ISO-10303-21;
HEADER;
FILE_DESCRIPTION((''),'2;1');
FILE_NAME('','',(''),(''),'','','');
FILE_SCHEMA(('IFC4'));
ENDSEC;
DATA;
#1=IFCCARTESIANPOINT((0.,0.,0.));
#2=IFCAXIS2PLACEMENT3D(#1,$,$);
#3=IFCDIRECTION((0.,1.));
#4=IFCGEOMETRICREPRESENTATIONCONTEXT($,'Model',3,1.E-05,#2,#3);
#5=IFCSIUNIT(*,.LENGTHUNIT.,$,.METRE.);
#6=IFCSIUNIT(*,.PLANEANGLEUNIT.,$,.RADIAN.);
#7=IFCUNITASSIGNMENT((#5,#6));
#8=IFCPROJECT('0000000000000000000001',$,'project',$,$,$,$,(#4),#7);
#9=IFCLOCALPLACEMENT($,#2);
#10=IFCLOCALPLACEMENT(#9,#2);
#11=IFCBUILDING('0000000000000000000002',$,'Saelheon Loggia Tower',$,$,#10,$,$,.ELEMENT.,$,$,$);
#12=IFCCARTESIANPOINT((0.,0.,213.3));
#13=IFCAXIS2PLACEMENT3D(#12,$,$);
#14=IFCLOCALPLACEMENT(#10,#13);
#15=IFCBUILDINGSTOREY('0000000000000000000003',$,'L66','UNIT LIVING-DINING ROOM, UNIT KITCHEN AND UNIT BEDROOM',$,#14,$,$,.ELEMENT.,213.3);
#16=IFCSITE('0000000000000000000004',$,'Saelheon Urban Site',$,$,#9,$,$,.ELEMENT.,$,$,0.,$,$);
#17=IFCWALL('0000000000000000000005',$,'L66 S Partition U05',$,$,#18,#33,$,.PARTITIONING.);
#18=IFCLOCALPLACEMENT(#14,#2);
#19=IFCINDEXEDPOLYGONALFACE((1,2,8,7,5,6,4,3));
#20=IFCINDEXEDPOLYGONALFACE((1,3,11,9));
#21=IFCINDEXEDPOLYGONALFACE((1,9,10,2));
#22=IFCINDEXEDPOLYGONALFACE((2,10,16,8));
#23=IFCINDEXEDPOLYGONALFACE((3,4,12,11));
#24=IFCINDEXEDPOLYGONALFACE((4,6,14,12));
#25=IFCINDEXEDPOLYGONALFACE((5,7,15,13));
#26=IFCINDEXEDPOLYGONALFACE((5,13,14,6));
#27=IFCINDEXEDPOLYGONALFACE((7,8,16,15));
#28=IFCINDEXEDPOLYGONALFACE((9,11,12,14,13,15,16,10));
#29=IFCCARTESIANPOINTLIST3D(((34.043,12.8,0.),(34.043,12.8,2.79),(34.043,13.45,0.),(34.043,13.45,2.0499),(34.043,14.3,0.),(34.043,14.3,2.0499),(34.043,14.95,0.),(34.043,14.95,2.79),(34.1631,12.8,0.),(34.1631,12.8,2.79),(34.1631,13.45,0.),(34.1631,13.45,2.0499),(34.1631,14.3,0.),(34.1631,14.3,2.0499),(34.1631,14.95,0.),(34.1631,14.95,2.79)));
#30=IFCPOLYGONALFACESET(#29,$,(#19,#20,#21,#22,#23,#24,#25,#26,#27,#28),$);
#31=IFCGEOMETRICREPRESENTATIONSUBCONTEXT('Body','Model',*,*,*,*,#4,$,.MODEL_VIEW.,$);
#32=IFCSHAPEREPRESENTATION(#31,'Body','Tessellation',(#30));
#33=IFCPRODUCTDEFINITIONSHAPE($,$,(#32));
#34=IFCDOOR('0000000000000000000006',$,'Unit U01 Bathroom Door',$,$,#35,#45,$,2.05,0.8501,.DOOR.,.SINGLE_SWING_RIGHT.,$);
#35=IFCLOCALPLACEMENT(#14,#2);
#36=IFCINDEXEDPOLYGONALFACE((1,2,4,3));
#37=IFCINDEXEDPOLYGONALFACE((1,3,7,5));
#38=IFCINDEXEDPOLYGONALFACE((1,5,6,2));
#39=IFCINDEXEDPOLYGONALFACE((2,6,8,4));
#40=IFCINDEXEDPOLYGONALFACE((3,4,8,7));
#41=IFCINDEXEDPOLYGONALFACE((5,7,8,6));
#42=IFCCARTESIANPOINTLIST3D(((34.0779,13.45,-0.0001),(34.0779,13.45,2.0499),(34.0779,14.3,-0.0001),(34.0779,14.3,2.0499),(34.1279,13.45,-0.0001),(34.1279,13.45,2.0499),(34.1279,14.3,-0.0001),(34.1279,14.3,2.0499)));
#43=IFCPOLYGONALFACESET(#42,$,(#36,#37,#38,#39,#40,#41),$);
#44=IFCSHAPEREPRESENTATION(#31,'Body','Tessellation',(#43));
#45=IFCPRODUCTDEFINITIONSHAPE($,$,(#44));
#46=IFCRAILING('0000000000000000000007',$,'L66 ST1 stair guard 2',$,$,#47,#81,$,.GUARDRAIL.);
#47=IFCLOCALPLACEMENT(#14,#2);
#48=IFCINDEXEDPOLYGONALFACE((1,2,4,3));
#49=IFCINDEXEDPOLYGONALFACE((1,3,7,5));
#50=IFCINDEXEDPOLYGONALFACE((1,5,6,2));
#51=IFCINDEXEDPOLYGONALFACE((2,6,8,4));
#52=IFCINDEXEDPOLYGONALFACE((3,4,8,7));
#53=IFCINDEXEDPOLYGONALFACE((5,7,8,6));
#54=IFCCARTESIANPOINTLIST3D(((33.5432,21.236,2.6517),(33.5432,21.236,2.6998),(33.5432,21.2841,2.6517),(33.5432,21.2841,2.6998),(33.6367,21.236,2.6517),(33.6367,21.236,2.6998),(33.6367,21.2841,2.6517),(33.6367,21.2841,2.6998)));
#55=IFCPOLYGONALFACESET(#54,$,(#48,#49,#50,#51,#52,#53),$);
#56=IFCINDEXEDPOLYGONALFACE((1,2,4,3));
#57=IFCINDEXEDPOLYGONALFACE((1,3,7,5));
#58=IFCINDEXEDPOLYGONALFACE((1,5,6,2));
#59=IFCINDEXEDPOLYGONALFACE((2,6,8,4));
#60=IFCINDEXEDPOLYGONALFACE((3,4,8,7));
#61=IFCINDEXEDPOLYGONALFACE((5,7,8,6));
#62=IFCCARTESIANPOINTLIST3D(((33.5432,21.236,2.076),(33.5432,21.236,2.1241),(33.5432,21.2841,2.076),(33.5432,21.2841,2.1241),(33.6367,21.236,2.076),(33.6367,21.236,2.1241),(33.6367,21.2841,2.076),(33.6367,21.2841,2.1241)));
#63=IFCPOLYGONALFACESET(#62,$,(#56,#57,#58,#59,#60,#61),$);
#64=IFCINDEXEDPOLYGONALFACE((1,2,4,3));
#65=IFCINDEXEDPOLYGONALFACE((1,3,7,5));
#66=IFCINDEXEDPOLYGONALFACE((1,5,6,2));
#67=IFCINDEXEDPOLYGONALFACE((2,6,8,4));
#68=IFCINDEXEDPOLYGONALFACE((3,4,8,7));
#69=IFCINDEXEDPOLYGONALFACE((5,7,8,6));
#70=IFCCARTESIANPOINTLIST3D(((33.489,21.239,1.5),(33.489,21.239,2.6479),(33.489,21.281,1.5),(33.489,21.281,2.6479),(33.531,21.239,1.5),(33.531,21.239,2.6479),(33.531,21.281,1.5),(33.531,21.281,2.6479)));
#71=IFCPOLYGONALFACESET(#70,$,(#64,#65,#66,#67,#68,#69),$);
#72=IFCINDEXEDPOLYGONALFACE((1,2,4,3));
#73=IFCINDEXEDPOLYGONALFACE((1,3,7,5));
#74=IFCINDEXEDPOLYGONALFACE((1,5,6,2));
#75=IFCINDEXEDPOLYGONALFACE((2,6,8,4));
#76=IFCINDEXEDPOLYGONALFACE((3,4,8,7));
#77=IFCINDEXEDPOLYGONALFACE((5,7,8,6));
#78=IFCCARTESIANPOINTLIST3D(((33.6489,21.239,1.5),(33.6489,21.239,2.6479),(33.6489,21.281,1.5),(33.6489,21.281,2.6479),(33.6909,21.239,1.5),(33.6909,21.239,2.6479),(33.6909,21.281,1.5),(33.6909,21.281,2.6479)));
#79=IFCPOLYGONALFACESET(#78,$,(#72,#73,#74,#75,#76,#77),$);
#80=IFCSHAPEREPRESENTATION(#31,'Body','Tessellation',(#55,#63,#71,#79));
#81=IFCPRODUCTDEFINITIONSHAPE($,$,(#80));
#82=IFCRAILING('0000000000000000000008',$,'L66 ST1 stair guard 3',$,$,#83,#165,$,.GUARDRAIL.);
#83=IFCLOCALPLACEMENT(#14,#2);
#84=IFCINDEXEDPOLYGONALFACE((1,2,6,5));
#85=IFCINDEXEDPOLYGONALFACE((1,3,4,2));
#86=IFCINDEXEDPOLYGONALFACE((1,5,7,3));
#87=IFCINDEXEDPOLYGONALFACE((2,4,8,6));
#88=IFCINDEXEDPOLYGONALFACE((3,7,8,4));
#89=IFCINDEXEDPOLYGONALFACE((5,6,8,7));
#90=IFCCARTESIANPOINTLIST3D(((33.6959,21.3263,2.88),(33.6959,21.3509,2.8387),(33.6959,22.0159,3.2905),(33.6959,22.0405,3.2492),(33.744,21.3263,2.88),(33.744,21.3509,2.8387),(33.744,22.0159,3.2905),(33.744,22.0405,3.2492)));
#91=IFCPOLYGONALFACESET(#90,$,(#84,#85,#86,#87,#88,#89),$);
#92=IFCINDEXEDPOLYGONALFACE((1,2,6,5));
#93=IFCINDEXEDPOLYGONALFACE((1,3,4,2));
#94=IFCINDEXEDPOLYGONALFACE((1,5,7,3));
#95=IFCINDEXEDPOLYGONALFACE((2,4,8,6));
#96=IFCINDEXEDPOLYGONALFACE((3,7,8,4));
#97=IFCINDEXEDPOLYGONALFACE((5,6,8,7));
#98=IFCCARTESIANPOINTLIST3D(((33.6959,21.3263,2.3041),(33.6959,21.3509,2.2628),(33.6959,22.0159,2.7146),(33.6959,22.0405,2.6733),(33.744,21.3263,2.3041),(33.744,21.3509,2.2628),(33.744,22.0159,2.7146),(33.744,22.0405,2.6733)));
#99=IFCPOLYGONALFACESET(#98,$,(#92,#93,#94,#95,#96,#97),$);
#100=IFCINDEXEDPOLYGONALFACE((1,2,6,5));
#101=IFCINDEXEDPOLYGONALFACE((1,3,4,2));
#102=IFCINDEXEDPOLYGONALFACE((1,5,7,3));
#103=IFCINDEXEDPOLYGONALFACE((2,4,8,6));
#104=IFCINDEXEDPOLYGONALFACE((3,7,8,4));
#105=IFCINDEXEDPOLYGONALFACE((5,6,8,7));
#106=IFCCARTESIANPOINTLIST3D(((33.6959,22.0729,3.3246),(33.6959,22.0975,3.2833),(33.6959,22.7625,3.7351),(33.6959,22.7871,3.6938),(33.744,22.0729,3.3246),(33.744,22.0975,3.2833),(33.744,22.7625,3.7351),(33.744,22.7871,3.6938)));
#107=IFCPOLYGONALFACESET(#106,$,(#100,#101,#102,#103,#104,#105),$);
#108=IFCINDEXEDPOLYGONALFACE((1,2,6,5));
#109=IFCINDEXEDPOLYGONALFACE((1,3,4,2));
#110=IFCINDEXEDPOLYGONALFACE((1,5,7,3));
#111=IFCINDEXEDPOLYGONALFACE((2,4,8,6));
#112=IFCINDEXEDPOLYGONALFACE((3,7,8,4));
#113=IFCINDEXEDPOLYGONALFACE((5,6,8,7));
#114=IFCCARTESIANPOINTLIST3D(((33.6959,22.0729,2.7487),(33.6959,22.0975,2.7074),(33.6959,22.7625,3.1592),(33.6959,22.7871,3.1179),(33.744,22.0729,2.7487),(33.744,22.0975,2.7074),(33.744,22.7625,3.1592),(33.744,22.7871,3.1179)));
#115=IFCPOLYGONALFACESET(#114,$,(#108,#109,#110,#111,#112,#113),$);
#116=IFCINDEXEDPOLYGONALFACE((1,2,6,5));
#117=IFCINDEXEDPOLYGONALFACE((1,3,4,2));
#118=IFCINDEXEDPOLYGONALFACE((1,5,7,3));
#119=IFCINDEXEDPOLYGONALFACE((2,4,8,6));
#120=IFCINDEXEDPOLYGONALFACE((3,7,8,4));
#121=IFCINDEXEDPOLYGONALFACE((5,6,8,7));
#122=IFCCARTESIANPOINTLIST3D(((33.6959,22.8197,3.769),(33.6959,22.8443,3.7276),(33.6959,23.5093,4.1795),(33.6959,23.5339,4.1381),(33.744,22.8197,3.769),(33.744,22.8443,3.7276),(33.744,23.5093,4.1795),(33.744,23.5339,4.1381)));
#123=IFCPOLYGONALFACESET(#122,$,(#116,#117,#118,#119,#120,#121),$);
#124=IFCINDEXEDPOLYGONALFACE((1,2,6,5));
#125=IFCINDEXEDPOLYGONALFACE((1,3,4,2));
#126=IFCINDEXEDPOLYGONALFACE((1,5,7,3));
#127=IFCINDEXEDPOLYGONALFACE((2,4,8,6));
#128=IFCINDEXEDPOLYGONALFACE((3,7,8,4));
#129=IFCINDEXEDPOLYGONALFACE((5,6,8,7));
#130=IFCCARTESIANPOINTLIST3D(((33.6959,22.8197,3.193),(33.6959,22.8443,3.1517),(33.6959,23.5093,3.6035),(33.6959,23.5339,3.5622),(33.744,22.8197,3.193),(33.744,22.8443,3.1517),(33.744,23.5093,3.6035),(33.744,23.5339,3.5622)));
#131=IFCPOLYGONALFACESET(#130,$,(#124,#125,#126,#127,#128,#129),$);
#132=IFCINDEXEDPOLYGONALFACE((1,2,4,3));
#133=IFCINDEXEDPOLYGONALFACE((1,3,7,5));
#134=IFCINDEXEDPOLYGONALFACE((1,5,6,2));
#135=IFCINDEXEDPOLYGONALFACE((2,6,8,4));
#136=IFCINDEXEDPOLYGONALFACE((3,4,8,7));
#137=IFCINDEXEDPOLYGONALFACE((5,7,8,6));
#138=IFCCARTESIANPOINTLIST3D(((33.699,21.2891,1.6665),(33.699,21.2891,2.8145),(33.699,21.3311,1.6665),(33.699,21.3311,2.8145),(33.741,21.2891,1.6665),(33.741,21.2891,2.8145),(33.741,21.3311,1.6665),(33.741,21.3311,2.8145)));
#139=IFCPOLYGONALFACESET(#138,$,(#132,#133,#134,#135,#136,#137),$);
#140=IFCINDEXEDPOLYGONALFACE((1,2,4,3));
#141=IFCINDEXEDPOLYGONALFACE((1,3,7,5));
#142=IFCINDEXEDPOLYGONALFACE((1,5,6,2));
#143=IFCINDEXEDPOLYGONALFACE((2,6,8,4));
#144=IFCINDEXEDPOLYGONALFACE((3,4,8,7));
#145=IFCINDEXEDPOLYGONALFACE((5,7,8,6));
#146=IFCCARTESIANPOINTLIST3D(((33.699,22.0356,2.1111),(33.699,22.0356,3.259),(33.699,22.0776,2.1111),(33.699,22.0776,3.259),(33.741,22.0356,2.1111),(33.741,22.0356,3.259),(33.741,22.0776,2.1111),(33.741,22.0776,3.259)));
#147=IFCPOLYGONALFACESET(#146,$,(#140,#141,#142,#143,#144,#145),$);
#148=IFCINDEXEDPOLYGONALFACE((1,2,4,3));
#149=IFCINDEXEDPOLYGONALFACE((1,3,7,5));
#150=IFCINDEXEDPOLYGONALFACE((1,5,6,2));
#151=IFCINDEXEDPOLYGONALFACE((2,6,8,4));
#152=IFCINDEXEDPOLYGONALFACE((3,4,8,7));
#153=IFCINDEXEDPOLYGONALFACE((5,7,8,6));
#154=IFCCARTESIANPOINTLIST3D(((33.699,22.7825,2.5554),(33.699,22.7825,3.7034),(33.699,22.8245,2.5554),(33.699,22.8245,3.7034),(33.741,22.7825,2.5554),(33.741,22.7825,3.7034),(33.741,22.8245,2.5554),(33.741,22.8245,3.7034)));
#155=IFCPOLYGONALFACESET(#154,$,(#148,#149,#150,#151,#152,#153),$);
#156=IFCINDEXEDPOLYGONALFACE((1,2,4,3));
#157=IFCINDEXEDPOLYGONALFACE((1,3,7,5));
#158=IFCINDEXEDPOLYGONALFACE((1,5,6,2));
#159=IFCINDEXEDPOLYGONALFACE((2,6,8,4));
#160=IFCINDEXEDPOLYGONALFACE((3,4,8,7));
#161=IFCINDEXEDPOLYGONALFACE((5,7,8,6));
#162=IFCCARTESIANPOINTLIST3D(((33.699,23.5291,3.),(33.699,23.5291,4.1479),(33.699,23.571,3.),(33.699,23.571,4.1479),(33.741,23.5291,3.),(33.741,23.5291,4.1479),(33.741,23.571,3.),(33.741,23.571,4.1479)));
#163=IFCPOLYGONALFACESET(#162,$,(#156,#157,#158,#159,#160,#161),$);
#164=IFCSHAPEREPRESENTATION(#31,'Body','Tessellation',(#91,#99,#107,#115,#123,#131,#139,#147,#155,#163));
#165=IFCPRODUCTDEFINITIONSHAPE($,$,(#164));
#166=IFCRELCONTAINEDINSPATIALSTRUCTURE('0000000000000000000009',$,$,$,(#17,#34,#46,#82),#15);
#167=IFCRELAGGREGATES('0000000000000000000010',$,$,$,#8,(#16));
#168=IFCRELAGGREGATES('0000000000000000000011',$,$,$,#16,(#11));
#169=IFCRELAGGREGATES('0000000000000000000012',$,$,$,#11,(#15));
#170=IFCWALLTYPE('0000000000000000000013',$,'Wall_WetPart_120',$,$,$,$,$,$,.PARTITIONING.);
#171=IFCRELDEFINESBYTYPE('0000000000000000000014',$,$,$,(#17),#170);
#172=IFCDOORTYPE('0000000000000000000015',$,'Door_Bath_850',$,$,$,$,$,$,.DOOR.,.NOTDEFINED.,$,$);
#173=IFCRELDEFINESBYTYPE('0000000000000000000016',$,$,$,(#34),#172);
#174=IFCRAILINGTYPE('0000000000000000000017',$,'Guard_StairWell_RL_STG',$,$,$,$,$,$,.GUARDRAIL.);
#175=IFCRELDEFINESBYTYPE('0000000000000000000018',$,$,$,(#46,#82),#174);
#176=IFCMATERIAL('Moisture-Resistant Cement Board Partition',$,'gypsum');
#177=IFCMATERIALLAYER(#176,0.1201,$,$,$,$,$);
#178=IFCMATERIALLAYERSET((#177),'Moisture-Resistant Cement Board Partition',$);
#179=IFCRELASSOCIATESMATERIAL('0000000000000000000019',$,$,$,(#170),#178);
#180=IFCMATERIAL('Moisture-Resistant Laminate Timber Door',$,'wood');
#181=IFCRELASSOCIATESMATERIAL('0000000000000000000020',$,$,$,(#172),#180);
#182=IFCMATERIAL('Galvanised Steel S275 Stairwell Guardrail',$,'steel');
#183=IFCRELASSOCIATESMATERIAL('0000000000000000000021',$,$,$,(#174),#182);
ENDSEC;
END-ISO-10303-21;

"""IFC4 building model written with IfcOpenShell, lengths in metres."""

from ifc_helpers import new_model, si_unit, direction, frame, frame_2d, origin, origin_2d, place, context, subcontext, project, spatial, rectangle, extrude, source, transform, mapped, material, layer, layer_set, type_object, element, fill, save


model = new_model("IFC4")

# Units and contexts
model_context = context("Model", 3, precision=1e-05, world=origin(), true_north=direction((0.0, 1.0)))
body_context = subcontext(model_context, "Body", "Model", "MODEL_VIEW")
ifc_project = project(units=[si_unit("LENGTHUNIT", "METRE"), si_unit("PLANEANGLEUNIT", "RADIAN")], contexts=[model_context])

# Site, building, storey
site_placement = place(None, origin())
site = spatial("IfcSite", under=ifc_project, at=site_placement, Name="Saelheon Urban Site", CompositionType="ELEMENT", RefElevation=0.0)
building_placement = place(site_placement, origin())
building = spatial("IfcBuilding", under=site, at=building_placement, Name="Saelheon Loggia Tower", CompositionType="ELEMENT")
storey_placement = place(building_placement, frame((0.0, 0.0, 213.3)))
storey = spatial("IfcBuildingStorey", under=building, at=storey_placement, Name="L66", Description="UNIT LIVING-DINING ROOM, UNIT KITCHEN AND UNIT BEDROOM", CompositionType="ELEMENT", Elevation=213.3)

# Wall, opening, door
ifc_material_1 = material(Name="Moisture-Resistant Cement Board Partition", Category="gypsum")
ifc_layer_1 = layer(ifc_material_1, 0.1201)
ifc_layer_set_1 = layer_set([ifc_layer_1], Name="Moisture-Resistant Cement Board Partition")
wall_type_1 = type_object("IfcWallType", Name="Wall_WetPart_120", PredefinedType="PARTITIONING", material=ifc_layer_set_1)
wall_1_placement = place(storey_placement, frame((34.103, 14.95, 0.0), z_axis=(0.0, 0.0, 1.0), x_axis=(0.0, -1.0, 0.0)))
wall_1 = element("IfcWall", 1, at=wall_1_placement, inside=storey, type_object=wall_type_1, Name="L66 S Partition U05", PredefinedType="PARTITIONING", context=body_context, shape_type="SweptSolid", body=[
    extrude(rectangle(XDim=2.1499, YDim=0.1201, at=frame_2d((1.075, 0.0))), origin(), (0.0, 0.0, 1.0), 2.79),
])
opening_1_placement = place(wall_1_placement, frame((0.6499, 0.0, 0.0)))
opening_1 = element("IfcOpeningElement", 2, at=opening_1_placement, cuts=wall_1, PredefinedType="OPENING", context=body_context, shape_type="SweptSolid", body=[
    extrude(rectangle(XDim=0.8501, YDim=2.05, at=frame_2d((0.425, 1.0249))), frame((0.0, 0.072, 0.0), z_axis=(0.0, -1.0, 0.0), x_axis=(1.0, 0.0, 0.0)), (0.0, 0.0, 1.0), 0.144),
])
ifc_material_2 = material(Name="Moisture-Resistant Laminate Timber Door", Category="wood")
door_type_1 = type_object("IfcDoorType", Name="Door_Bath_850", OperationType="NOTDEFINED", PredefinedType="DOOR", material=ifc_material_2)
shared_shape_1 = source(origin(), body_context, "Body", "SweptSolid", [
    extrude(rectangle(XDim=0.8501, YDim=2.05, at=frame_2d((0.425, 1.0249))), frame((0.0, 0.0249, 0.0), z_axis=(0.0, -1.0, 0.0), x_axis=(1.0, 0.0, 0.0)), (0.0, 0.0, 1.0), 0.05),
])
door_1_placement = place(opening_1_placement, origin())
door_1 = element("IfcDoor", 3, at=door_1_placement, inside=storey, type_object=door_type_1, Name="Unit U01 Bathroom Door", OperationType="SINGLE_SWING_RIGHT", OverallHeight=2.05, OverallWidth=0.8501, PredefinedType="DOOR", context=body_context, shape_type="MappedRepresentation", body=[
    mapped(shared_shape_1, transform((0.0, 0.0, 0.0), scale=1.0)),
])
fill(opening_1, door_1)

# Railings
ifc_material_3 = material(Name="Galvanised Steel S275 Stairwell Guardrail", Category="steel")
railing_type_1 = type_object("IfcRailingType", Name="Guard_StairWell_RL_STG", PredefinedType="GUARDRAIL", material=ifc_material_3)
railing_1_placement = place(storey_placement, frame((33.51, 21.26, 1.5)))
element("IfcRailing", 4, at=railing_1_placement, inside=storey, type_object=railing_type_1, Name="L66 ST1 stair guard 2", PredefinedType="GUARDRAIL", context=body_context, shape_type="SweptSolid", body=[
    extrude(rectangle(XDim=0.0481, YDim=0.0481, at=origin_2d()), frame((0.0332, 0.0, 1.1758), z_axis=(1.0, 0.0, 0.0), x_axis=(0.0, 1.0, 0.0)), (0.0, 0.0, 1.0), 0.0935),
    extrude(rectangle(XDim=0.0481, YDim=0.0481, at=origin_2d()), frame((0.0332, 0.0, 0.6001), z_axis=(1.0, 0.0, 0.0), x_axis=(0.0, 1.0, 0.0)), (0.0, 0.0, 1.0), 0.0935),
    extrude(rectangle(XDim=0.042, YDim=0.042, at=origin_2d()), origin(), (0.0, 0.0, 1.0), 1.1479),
    extrude(rectangle(XDim=0.042, YDim=0.042, at=origin_2d()), frame((0.1599, 0.0, 0.0)), (0.0, 0.0, 1.0), 1.1479),
])
railing_2_placement = place(storey_placement, frame((33.72, 21.3101, 1.6665)))
element("IfcRailing", 5, at=railing_2_placement, inside=storey, type_object=railing_type_1, Name="L66 ST1 stair guard 3", PredefinedType="GUARDRAIL", context=body_context, shape_type="SweptSolid", body=[
    extrude(rectangle(XDim=0.0481, YDim=0.0481, at=origin_2d()), frame((0.0, 0.0286, 1.1929), z_axis=(0.0, 0.859264, 0.511532), x_axis=(-1.0, 0.0, 0.0)), (0.0, 0.0, 1.0), 0.8025),
    extrude(rectangle(XDim=0.0481, YDim=0.0481, at=origin_2d()), frame((0.0, 0.0286, 0.6169), z_axis=(0.0, 0.859264, 0.511532), x_axis=(-1.0, 0.0, 0.0)), (0.0, 0.0, 1.0), 0.8025),
    extrude(rectangle(XDim=0.0481, YDim=0.0481, at=origin_2d()), frame((0.0, 0.7751, 1.6375), z_axis=(0.0, 0.859264, 0.511532), x_axis=(-1.0, 0.0, 0.0)), (0.0, 0.0, 1.0), 0.8025),
    extrude(rectangle(XDim=0.0481, YDim=0.0481, at=origin_2d()), frame((0.0, 0.7751, 1.0615), z_axis=(0.0, 0.859264, 0.511532), x_axis=(-1.0, 0.0, 0.0)), (0.0, 0.0, 1.0), 0.8025),
    extrude(rectangle(XDim=0.0481, YDim=0.0481, at=origin_2d()), frame((0.0, 1.522, 2.0818), z_axis=(0.0, 0.859264, 0.511532), x_axis=(-1.0, 0.0, 0.0)), (0.0, 0.0, 1.0), 0.8025),
    extrude(rectangle(XDim=0.0481, YDim=0.0481, at=origin_2d()), frame((0.0, 1.522, 1.5059), z_axis=(0.0, 0.859264, 0.511532), x_axis=(-1.0, 0.0, 0.0)), (0.0, 0.0, 1.0), 0.8025),
    extrude(rectangle(XDim=0.042, YDim=0.042, at=origin_2d()), origin(), (0.0, 0.0, 1.0), 1.1479),
    extrude(rectangle(XDim=0.042, YDim=0.042, at=origin_2d()), frame((0.0, 0.7466, 0.4446)), (0.0, 0.0, 1.0), 1.1479),
    extrude(rectangle(XDim=0.042, YDim=0.042, at=origin_2d()), frame((0.0, 1.4934, 0.8889)), (0.0, 0.0, 1.0), 1.1479),
    extrude(rectangle(XDim=0.042, YDim=0.042, at=origin_2d()), frame((0.0, 2.24, 1.3335)), (0.0, 0.0, 1.0), 1.1479),
])

save(model, "model.ifc")
